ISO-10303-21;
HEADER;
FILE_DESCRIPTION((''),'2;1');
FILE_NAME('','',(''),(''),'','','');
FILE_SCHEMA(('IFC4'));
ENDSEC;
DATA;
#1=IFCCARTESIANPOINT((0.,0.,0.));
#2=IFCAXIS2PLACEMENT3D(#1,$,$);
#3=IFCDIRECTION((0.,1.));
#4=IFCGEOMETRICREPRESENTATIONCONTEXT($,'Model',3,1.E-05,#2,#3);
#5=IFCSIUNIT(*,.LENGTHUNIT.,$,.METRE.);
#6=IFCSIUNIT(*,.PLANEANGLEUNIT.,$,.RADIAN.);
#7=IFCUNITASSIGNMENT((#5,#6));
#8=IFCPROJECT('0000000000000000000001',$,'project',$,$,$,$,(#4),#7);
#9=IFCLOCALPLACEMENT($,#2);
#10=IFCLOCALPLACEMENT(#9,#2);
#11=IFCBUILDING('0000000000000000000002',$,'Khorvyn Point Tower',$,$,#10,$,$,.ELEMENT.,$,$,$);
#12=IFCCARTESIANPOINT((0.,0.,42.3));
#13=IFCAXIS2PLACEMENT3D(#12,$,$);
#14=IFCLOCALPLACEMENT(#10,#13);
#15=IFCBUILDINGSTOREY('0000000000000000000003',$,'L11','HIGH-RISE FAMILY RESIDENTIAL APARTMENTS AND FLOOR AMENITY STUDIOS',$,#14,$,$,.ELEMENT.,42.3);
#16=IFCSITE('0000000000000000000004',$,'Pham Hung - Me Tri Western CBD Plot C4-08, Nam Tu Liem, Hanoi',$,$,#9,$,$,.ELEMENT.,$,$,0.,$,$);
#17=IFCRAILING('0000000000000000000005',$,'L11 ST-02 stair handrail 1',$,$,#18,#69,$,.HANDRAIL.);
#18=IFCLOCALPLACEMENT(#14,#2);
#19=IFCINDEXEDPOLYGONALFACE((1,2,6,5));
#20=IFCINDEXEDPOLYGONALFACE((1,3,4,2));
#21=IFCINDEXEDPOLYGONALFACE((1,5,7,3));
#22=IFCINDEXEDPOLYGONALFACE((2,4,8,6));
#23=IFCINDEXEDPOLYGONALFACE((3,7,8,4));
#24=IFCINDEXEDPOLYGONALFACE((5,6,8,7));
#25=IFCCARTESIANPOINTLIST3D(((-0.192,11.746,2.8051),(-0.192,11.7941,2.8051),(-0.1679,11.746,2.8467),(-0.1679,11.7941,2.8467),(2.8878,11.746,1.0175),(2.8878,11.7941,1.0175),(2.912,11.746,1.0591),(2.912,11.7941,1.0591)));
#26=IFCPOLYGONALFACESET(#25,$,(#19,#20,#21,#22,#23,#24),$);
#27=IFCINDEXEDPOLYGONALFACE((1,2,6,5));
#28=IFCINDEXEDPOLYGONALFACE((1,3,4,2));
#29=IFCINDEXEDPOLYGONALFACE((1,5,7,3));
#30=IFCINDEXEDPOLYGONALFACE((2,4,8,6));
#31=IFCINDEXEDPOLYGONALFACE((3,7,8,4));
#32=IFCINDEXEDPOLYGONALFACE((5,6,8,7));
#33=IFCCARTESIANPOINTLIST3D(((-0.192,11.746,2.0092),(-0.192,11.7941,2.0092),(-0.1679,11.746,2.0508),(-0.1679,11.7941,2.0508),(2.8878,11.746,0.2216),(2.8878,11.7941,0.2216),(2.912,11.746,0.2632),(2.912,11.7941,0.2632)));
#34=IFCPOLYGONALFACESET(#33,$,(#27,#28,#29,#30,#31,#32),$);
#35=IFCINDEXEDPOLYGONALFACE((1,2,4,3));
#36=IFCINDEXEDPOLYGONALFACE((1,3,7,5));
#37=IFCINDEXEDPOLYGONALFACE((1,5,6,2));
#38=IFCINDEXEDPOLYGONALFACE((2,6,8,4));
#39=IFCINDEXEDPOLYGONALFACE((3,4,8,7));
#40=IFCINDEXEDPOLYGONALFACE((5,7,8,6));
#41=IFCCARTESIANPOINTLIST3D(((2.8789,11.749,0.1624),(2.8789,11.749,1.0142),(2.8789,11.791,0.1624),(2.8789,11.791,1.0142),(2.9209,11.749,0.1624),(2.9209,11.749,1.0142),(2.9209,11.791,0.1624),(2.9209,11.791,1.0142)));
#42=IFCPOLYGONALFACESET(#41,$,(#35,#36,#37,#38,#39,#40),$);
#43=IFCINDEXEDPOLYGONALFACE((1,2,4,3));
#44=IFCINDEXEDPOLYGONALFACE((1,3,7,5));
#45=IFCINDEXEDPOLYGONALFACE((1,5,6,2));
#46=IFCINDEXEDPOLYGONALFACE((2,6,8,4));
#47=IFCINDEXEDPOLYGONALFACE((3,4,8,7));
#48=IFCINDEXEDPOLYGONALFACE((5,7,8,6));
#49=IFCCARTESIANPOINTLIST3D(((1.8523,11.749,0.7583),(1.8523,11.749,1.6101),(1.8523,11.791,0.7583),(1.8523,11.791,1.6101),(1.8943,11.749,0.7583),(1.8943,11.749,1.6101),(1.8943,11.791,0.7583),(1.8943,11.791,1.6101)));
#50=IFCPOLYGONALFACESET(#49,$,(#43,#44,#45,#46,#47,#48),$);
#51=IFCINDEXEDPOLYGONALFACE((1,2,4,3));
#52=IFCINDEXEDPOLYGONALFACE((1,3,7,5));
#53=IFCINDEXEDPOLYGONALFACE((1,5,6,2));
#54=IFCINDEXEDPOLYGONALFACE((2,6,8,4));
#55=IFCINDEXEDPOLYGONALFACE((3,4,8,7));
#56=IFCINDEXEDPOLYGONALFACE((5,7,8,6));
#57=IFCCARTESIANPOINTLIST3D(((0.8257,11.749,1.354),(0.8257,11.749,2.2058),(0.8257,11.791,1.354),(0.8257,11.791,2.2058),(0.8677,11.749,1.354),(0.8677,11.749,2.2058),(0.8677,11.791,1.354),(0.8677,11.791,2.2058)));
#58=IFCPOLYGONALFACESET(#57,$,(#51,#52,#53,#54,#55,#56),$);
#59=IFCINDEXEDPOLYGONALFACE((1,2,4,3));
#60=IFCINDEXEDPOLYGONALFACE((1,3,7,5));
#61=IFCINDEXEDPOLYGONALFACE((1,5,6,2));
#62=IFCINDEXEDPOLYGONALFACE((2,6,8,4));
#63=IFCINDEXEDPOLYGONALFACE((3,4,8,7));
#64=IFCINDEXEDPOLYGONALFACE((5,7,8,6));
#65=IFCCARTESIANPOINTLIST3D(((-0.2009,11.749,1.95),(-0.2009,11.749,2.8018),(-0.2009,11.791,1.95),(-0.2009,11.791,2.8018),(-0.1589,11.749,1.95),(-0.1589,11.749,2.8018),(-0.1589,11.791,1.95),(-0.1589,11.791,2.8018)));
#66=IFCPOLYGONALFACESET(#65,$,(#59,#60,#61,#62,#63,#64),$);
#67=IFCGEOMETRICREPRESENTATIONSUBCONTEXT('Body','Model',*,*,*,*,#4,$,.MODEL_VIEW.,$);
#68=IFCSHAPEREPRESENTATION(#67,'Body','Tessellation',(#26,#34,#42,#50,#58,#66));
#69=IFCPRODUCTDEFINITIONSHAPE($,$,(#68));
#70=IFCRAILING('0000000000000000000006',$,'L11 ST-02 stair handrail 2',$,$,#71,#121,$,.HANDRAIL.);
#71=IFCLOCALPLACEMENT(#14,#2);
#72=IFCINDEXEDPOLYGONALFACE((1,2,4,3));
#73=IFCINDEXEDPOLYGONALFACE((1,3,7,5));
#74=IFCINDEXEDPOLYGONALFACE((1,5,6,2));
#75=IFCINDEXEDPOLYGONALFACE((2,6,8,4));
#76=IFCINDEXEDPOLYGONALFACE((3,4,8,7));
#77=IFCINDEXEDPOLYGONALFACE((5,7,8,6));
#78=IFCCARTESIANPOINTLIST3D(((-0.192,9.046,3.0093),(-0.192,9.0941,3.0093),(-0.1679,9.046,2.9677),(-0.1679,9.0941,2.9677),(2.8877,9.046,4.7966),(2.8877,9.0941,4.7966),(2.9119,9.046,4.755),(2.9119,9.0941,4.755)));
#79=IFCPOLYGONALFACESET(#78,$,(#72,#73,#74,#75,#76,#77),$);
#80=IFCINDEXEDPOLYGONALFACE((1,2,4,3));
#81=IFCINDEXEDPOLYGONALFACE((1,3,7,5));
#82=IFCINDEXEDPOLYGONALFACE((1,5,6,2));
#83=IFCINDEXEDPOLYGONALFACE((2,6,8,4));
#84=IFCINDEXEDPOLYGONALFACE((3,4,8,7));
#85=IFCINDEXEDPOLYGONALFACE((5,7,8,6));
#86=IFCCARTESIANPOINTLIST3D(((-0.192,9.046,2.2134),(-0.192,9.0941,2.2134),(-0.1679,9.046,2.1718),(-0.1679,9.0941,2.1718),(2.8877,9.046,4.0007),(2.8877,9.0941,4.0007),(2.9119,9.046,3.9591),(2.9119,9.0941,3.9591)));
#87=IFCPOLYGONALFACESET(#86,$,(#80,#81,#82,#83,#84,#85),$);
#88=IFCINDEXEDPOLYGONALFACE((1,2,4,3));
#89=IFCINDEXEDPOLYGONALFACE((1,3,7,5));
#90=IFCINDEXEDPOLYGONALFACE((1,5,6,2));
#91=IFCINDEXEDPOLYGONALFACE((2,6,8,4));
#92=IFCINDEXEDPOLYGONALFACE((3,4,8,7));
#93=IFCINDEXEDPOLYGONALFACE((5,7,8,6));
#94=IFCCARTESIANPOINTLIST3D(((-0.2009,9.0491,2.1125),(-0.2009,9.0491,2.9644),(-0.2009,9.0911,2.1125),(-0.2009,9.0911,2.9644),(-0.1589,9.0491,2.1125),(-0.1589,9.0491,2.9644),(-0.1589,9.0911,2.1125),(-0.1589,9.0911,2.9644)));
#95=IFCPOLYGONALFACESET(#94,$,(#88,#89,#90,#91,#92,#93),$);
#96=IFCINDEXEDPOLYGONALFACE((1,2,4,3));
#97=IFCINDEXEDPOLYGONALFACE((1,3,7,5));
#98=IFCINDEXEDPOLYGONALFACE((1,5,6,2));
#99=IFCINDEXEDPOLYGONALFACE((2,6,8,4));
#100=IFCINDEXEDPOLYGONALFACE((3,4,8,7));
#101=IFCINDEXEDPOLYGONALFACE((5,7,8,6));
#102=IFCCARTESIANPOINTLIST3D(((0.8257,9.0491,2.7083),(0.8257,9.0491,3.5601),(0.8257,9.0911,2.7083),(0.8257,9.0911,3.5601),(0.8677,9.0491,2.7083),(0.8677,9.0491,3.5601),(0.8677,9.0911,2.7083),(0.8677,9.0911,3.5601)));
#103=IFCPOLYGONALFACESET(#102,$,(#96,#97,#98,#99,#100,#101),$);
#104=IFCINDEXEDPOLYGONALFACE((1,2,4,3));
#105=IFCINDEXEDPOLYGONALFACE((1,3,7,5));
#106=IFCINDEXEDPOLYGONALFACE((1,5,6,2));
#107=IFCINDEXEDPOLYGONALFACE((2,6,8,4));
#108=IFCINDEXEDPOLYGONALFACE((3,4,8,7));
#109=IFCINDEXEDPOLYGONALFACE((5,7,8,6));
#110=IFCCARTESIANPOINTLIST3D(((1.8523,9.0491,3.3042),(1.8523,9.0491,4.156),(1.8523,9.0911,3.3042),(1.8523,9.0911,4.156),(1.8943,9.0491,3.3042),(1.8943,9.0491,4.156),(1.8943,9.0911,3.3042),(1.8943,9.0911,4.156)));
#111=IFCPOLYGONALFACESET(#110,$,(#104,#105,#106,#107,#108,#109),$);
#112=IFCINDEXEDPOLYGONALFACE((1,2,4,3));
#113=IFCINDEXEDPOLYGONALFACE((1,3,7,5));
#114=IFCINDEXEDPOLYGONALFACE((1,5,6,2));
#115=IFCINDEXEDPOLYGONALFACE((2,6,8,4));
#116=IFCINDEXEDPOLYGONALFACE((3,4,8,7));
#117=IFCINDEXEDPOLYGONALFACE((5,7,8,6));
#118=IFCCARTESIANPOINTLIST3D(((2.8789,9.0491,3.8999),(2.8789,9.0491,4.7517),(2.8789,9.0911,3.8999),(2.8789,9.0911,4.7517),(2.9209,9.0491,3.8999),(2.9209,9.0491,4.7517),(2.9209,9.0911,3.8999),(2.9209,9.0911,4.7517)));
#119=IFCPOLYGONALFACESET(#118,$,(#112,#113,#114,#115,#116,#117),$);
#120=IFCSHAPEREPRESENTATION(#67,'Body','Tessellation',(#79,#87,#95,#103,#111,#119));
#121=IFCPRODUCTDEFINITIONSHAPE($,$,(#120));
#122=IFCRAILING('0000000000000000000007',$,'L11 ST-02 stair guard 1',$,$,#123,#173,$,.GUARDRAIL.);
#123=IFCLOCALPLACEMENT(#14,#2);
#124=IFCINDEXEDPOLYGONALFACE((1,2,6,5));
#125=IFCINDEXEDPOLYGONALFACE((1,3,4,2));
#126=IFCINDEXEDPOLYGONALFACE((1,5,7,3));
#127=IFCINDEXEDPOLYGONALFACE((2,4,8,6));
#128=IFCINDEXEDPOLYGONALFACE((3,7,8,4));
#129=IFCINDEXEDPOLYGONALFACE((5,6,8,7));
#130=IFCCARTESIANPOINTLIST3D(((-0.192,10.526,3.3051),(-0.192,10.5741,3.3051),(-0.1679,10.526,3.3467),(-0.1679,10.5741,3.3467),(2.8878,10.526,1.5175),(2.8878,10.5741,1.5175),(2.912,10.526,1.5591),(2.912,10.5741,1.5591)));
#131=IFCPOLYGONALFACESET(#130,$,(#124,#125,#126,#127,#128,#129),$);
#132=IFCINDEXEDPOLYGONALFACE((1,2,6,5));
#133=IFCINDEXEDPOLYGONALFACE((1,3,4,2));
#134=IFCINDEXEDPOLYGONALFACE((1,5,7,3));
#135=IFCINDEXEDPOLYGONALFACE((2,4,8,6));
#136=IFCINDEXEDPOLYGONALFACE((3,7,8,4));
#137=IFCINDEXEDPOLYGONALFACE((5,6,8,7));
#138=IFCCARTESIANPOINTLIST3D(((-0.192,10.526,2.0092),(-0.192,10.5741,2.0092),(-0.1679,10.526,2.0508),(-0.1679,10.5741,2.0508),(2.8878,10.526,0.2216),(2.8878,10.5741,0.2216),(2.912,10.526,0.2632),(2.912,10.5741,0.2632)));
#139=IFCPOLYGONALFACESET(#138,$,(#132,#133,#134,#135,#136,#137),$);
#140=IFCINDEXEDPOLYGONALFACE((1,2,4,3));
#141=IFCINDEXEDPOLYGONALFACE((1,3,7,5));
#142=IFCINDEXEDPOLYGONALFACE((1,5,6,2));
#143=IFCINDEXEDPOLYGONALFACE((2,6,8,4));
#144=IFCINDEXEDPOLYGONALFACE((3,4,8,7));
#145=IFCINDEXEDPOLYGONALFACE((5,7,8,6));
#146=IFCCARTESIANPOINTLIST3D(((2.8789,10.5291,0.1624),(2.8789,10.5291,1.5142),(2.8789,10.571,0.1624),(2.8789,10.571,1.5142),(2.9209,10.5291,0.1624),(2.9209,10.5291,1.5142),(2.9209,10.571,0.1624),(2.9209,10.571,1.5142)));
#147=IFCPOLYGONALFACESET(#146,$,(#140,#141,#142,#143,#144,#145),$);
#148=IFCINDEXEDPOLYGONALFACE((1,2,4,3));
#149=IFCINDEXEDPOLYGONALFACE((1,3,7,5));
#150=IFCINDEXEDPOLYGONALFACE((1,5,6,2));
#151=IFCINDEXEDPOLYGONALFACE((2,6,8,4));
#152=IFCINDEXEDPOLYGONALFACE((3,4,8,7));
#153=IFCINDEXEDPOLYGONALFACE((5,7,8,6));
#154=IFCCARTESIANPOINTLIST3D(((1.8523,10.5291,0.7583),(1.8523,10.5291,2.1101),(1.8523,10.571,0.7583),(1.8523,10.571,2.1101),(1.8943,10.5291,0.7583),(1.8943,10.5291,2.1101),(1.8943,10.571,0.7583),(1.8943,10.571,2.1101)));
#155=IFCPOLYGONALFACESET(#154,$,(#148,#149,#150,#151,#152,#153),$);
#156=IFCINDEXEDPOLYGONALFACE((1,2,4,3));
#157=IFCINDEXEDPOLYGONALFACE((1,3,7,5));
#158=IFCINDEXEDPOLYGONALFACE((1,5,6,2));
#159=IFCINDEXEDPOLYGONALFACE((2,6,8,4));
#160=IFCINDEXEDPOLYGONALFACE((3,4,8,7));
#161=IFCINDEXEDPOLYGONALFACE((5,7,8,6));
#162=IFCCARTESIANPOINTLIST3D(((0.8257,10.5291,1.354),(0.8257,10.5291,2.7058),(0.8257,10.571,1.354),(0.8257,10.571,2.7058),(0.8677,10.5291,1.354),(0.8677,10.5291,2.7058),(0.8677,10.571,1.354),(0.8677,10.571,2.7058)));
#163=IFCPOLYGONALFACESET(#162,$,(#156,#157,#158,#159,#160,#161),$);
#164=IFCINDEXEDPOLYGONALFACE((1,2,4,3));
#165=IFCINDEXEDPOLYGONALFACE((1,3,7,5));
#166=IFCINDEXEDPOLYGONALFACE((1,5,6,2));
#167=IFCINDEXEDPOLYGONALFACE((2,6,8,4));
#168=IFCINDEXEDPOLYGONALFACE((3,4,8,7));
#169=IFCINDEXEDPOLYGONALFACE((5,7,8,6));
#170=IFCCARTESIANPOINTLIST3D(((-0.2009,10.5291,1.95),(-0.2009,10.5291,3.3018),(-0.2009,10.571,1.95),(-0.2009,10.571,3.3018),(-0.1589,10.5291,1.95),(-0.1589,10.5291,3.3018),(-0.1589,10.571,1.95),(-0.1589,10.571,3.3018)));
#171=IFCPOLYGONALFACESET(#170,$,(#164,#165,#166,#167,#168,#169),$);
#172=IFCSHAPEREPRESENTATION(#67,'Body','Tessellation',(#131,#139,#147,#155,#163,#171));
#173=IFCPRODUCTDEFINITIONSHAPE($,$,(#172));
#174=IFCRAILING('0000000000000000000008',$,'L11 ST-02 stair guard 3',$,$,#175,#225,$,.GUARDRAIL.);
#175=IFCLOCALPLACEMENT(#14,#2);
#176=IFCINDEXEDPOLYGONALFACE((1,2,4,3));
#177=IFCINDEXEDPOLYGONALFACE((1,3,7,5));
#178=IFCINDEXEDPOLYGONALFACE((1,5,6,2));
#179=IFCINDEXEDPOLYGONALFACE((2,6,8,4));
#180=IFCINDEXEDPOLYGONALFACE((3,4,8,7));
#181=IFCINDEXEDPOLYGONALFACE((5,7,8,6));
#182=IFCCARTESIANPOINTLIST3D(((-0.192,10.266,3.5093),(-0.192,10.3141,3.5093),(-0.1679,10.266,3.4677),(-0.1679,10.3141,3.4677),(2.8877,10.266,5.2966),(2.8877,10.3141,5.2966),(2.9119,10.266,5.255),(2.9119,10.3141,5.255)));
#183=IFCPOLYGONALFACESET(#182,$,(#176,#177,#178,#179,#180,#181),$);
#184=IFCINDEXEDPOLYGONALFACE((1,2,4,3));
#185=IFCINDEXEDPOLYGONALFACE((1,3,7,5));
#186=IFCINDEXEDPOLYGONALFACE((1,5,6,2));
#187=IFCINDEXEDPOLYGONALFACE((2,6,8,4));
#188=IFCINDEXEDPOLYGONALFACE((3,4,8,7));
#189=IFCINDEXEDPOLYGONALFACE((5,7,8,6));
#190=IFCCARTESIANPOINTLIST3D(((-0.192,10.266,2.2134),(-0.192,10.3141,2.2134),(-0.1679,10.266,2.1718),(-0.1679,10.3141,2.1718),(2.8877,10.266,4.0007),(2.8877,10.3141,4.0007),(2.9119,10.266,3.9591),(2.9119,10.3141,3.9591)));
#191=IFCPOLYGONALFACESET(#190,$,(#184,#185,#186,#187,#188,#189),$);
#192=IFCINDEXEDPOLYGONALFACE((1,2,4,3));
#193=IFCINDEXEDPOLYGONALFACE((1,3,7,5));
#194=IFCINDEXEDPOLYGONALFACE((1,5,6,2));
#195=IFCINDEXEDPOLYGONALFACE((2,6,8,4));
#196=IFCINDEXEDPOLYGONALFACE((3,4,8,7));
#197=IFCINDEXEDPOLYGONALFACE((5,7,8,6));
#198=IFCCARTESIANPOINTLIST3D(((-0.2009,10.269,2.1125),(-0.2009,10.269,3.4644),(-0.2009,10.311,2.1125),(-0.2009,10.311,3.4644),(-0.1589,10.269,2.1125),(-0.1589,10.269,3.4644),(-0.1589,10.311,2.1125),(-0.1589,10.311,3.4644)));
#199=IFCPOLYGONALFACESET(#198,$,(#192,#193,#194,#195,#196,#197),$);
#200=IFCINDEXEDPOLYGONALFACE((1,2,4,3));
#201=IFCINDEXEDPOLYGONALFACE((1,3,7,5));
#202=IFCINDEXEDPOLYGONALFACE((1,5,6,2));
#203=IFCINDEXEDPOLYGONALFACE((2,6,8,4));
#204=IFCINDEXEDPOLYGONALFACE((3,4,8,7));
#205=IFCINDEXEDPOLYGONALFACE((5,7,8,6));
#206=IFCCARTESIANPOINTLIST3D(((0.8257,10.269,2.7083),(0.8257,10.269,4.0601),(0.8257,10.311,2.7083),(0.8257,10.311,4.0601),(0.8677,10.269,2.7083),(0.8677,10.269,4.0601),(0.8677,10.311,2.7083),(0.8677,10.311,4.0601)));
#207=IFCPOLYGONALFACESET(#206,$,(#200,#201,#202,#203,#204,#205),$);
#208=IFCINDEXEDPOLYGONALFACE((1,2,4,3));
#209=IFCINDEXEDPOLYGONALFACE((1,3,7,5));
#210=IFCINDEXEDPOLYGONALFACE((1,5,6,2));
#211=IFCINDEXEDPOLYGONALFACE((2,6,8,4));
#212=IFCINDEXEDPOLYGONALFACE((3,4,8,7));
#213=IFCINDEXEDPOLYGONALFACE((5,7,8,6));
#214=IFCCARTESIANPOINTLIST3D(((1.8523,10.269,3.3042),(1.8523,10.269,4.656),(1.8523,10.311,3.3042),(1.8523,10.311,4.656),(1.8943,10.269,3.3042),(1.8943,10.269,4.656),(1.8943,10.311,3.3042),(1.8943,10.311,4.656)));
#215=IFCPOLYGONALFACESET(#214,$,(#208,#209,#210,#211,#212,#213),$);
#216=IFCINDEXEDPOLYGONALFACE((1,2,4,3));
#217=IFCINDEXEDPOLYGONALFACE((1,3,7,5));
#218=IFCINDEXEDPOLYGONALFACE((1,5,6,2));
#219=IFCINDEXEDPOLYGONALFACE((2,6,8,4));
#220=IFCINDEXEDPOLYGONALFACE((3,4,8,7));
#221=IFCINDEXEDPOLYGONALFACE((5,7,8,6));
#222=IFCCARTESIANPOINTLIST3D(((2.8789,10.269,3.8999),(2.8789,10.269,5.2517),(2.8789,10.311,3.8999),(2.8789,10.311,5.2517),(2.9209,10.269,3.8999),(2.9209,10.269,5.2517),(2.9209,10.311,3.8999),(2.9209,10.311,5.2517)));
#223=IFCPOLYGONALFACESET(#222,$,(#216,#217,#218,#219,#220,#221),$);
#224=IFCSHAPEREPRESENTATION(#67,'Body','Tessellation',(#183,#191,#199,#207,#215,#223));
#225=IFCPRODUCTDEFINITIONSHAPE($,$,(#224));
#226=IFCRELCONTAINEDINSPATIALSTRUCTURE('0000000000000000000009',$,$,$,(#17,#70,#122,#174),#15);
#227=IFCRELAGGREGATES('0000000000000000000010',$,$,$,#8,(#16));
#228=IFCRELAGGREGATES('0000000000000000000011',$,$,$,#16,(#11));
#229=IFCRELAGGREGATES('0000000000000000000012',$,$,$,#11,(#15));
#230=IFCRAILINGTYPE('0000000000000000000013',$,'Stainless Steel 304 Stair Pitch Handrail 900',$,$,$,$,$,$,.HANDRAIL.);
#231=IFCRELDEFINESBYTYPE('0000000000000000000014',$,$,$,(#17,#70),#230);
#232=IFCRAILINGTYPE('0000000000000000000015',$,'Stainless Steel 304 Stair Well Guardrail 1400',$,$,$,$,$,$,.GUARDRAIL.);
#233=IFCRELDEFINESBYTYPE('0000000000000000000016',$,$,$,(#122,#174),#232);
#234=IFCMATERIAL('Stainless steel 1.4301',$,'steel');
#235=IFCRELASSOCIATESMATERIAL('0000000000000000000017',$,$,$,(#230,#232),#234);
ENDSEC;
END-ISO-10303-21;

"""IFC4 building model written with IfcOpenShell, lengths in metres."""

from ifc_helpers import new_model, si_unit, direction, frame, origin, origin_2d, place, context, subcontext, project, spatial, rectangle, extrude, material, type_object, element, save


model = new_model("IFC4")

# Units and contexts
model_context = context("Model", 3, precision=1e-05, world=origin(), true_north=direction((0.0, 1.0)))
body_context = subcontext(model_context, "Body", "Model", "MODEL_VIEW")
ifc_project = project(units=[si_unit("LENGTHUNIT", "METRE"), si_unit("PLANEANGLEUNIT", "RADIAN")], contexts=[model_context])

# Site, building, storey
site_placement = place(None, origin())
site = spatial("IfcSite", under=ifc_project, at=site_placement, Name="Pham Hung - Me Tri Western CBD Plot C4-08, Nam Tu Liem, Hanoi", CompositionType="ELEMENT", RefElevation=0.0)
building_placement = place(site_placement, origin())
building = spatial("IfcBuilding", under=site, at=building_placement, Name="Khorvyn Point Tower", CompositionType="ELEMENT")
storey_placement = place(building_placement, frame((0.0, 0.0, 42.3)))
storey = spatial("IfcBuildingStorey", under=building, at=storey_placement, Name="L11", Description="HIGH-RISE FAMILY RESIDENTIAL APARTMENTS AND FLOOR AMENITY STUDIOS", CompositionType="ELEMENT", Elevation=42.3)

# Shared definitions
ifc_material_1 = material(Name="Stainless steel 1.4301", Category="steel")

# Railings
railing_type_1 = type_object("IfcRailingType", Name="Stainless Steel 304 Stair Pitch Handrail 900", PredefinedType="HANDRAIL", material=ifc_material_1)
railing_1_placement = place(storey_placement, frame((2.8999, 11.77, 0.1624)))
element("IfcRailing", 1, at=railing_1_placement, inside=storey, type_object=railing_type_1, Name="L11 ST-02 stair handrail 1", PredefinedType="HANDRAIL", context=body_context, shape_type="SweptSolid", body=[
    extrude(rectangle(XDim=0.0481, YDim=0.0481, at=origin_2d()), frame((0.0, 0.0, 0.876), z_axis=(-0.864873, 0.0, 0.50199), x_axis=(0.0, -1.0, 0.0)), (0.0, 0.0, 1.0), 3.561),
    extrude(rectangle(XDim=0.0481, YDim=0.0481, at=origin_2d()), frame((0.0, 0.0, 0.0801), z_axis=(-0.864873, 0.0, 0.50199), x_axis=(0.0, -1.0, 0.0)), (0.0, 0.0, 1.0), 3.561),
    extrude(rectangle(XDim=0.042, YDim=0.042, at=origin_2d()), origin(), (0.0, 0.0, 1.0), 0.8518),
    extrude(rectangle(XDim=0.042, YDim=0.042, at=origin_2d()), frame((-1.0266, 0.0, 0.5959)), (0.0, 0.0, 1.0), 0.8518),
    extrude(rectangle(XDim=0.042, YDim=0.042, at=origin_2d()), frame((-2.0532, 0.0, 1.1917)), (0.0, 0.0, 1.0), 0.8518),
    extrude(rectangle(XDim=0.042, YDim=0.042, at=origin_2d()), frame((-3.0798, 0.0, 1.7876)), (0.0, 0.0, 1.0), 0.8518),
])
railing_2_placement = place(storey_placement, frame((-0.1799, 9.0701, 2.1125)))
element("IfcRailing", 2, at=railing_2_placement, inside=storey, type_object=railing_type_1, Name="L11 ST-02 stair handrail 2", PredefinedType="HANDRAIL", context=body_context, shape_type="SweptSolid", body=[
    extrude(rectangle(XDim=0.0481, YDim=0.0481, at=origin_2d()), frame((0.0, 0.0, 0.876), z_axis=(0.864903, 0.0, 0.501939), x_axis=(0.0, 1.0, 0.0)), (0.0, 0.0, 1.0), 3.5608),
    extrude(rectangle(XDim=0.0481, YDim=0.0481, at=origin_2d()), frame((0.0, 0.0, 0.0801), z_axis=(0.864903, 0.0, 0.501939), x_axis=(0.0, 1.0, 0.0)), (0.0, 0.0, 1.0), 3.5608),
    extrude(rectangle(XDim=0.042, YDim=0.042, at=origin_2d()), origin(), (0.0, 0.0, 1.0), 0.8518),
    extrude(rectangle(XDim=0.042, YDim=0.042, at=origin_2d()), frame((1.0266, 0.0, 0.5957)), (0.0, 0.0, 1.0), 0.8518),
    extrude(rectangle(XDim=0.042, YDim=0.042, at=origin_2d()), frame((2.0532, 0.0, 1.1917)), (0.0, 0.0, 1.0), 0.8518),
    extrude(rectangle(XDim=0.042, YDim=0.042, at=origin_2d()), frame((3.0798, 0.0, 1.7874)), (0.0, 0.0, 1.0), 0.8518),
])
railing_type_2 = type_object("IfcRailingType", Name="Stainless Steel 304 Stair Well Guardrail 1400", PredefinedType="GUARDRAIL", material=ifc_material_1)
railing_3_placement = place(storey_placement, frame((2.8999, 10.55, 0.1624)))
element("IfcRailing", 3, at=railing_3_placement, inside=storey, type_object=railing_type_2, Name="L11 ST-02 stair guard 1", PredefinedType="GUARDRAIL", context=body_context, shape_type="SweptSolid", body=[
    extrude(rectangle(XDim=0.0481, YDim=0.0481, at=origin_2d()), frame((0.0, 0.0, 1.376), z_axis=(-0.864873, 0.0, 0.50199), x_axis=(0.0, -1.0, 0.0)), (0.0, 0.0, 1.0), 3.561),
    extrude(rectangle(XDim=0.0481, YDim=0.0481, at=origin_2d()), frame((0.0, 0.0, 0.0801), z_axis=(-0.864873, 0.0, 0.50199), x_axis=(0.0, -1.0, 0.0)), (0.0, 0.0, 1.0), 3.561),
    extrude(rectangle(XDim=0.042, YDim=0.042, at=origin_2d()), origin(), (0.0, 0.0, 1.0), 1.3518),
    extrude(rectangle(XDim=0.042, YDim=0.042, at=origin_2d()), frame((-1.0266, 0.0, 0.5959)), (0.0, 0.0, 1.0), 1.3518),
    extrude(rectangle(XDim=0.042, YDim=0.042, at=origin_2d()), frame((-2.0532, 0.0, 1.1917)), (0.0, 0.0, 1.0), 1.3518),
    extrude(rectangle(XDim=0.042, YDim=0.042, at=origin_2d()), frame((-3.0798, 0.0, 1.7876)), (0.0, 0.0, 1.0), 1.3518),
])
railing_4_placement = place(storey_placement, frame((-0.1799, 10.29, 2.1125)))
element("IfcRailing", 4, at=railing_4_placement, inside=storey, type_object=railing_type_2, Name="L11 ST-02 stair guard 3", PredefinedType="GUARDRAIL", context=body_context, shape_type="SweptSolid", body=[
    extrude(rectangle(XDim=0.0481, YDim=0.0481, at=origin_2d()), frame((0.0, 0.0, 1.376), z_axis=(0.864903, 0.0, 0.501939), x_axis=(0.0, 1.0, 0.0)), (0.0, 0.0, 1.0), 3.5608),
    extrude(rectangle(XDim=0.0481, YDim=0.0481, at=origin_2d()), frame((0.0, 0.0, 0.0801), z_axis=(0.864903, 0.0, 0.501939), x_axis=(0.0, 1.0, 0.0)), (0.0, 0.0, 1.0), 3.5608),
    extrude(rectangle(XDim=0.042, YDim=0.042, at=origin_2d()), origin(), (0.0, 0.0, 1.0), 1.3518),
    extrude(rectangle(XDim=0.042, YDim=0.042, at=origin_2d()), frame((1.0266, 0.0, 0.5957)), (0.0, 0.0, 1.0), 1.3518),
    extrude(rectangle(XDim=0.042, YDim=0.042, at=origin_2d()), frame((2.0532, 0.0, 1.1917)), (0.0, 0.0, 1.0), 1.3518),
    extrude(rectangle(XDim=0.042, YDim=0.042, at=origin_2d()), frame((3.0798, 0.0, 1.7874)), (0.0, 0.0, 1.0), 1.3518),
])

save(model, "model.ifc")
